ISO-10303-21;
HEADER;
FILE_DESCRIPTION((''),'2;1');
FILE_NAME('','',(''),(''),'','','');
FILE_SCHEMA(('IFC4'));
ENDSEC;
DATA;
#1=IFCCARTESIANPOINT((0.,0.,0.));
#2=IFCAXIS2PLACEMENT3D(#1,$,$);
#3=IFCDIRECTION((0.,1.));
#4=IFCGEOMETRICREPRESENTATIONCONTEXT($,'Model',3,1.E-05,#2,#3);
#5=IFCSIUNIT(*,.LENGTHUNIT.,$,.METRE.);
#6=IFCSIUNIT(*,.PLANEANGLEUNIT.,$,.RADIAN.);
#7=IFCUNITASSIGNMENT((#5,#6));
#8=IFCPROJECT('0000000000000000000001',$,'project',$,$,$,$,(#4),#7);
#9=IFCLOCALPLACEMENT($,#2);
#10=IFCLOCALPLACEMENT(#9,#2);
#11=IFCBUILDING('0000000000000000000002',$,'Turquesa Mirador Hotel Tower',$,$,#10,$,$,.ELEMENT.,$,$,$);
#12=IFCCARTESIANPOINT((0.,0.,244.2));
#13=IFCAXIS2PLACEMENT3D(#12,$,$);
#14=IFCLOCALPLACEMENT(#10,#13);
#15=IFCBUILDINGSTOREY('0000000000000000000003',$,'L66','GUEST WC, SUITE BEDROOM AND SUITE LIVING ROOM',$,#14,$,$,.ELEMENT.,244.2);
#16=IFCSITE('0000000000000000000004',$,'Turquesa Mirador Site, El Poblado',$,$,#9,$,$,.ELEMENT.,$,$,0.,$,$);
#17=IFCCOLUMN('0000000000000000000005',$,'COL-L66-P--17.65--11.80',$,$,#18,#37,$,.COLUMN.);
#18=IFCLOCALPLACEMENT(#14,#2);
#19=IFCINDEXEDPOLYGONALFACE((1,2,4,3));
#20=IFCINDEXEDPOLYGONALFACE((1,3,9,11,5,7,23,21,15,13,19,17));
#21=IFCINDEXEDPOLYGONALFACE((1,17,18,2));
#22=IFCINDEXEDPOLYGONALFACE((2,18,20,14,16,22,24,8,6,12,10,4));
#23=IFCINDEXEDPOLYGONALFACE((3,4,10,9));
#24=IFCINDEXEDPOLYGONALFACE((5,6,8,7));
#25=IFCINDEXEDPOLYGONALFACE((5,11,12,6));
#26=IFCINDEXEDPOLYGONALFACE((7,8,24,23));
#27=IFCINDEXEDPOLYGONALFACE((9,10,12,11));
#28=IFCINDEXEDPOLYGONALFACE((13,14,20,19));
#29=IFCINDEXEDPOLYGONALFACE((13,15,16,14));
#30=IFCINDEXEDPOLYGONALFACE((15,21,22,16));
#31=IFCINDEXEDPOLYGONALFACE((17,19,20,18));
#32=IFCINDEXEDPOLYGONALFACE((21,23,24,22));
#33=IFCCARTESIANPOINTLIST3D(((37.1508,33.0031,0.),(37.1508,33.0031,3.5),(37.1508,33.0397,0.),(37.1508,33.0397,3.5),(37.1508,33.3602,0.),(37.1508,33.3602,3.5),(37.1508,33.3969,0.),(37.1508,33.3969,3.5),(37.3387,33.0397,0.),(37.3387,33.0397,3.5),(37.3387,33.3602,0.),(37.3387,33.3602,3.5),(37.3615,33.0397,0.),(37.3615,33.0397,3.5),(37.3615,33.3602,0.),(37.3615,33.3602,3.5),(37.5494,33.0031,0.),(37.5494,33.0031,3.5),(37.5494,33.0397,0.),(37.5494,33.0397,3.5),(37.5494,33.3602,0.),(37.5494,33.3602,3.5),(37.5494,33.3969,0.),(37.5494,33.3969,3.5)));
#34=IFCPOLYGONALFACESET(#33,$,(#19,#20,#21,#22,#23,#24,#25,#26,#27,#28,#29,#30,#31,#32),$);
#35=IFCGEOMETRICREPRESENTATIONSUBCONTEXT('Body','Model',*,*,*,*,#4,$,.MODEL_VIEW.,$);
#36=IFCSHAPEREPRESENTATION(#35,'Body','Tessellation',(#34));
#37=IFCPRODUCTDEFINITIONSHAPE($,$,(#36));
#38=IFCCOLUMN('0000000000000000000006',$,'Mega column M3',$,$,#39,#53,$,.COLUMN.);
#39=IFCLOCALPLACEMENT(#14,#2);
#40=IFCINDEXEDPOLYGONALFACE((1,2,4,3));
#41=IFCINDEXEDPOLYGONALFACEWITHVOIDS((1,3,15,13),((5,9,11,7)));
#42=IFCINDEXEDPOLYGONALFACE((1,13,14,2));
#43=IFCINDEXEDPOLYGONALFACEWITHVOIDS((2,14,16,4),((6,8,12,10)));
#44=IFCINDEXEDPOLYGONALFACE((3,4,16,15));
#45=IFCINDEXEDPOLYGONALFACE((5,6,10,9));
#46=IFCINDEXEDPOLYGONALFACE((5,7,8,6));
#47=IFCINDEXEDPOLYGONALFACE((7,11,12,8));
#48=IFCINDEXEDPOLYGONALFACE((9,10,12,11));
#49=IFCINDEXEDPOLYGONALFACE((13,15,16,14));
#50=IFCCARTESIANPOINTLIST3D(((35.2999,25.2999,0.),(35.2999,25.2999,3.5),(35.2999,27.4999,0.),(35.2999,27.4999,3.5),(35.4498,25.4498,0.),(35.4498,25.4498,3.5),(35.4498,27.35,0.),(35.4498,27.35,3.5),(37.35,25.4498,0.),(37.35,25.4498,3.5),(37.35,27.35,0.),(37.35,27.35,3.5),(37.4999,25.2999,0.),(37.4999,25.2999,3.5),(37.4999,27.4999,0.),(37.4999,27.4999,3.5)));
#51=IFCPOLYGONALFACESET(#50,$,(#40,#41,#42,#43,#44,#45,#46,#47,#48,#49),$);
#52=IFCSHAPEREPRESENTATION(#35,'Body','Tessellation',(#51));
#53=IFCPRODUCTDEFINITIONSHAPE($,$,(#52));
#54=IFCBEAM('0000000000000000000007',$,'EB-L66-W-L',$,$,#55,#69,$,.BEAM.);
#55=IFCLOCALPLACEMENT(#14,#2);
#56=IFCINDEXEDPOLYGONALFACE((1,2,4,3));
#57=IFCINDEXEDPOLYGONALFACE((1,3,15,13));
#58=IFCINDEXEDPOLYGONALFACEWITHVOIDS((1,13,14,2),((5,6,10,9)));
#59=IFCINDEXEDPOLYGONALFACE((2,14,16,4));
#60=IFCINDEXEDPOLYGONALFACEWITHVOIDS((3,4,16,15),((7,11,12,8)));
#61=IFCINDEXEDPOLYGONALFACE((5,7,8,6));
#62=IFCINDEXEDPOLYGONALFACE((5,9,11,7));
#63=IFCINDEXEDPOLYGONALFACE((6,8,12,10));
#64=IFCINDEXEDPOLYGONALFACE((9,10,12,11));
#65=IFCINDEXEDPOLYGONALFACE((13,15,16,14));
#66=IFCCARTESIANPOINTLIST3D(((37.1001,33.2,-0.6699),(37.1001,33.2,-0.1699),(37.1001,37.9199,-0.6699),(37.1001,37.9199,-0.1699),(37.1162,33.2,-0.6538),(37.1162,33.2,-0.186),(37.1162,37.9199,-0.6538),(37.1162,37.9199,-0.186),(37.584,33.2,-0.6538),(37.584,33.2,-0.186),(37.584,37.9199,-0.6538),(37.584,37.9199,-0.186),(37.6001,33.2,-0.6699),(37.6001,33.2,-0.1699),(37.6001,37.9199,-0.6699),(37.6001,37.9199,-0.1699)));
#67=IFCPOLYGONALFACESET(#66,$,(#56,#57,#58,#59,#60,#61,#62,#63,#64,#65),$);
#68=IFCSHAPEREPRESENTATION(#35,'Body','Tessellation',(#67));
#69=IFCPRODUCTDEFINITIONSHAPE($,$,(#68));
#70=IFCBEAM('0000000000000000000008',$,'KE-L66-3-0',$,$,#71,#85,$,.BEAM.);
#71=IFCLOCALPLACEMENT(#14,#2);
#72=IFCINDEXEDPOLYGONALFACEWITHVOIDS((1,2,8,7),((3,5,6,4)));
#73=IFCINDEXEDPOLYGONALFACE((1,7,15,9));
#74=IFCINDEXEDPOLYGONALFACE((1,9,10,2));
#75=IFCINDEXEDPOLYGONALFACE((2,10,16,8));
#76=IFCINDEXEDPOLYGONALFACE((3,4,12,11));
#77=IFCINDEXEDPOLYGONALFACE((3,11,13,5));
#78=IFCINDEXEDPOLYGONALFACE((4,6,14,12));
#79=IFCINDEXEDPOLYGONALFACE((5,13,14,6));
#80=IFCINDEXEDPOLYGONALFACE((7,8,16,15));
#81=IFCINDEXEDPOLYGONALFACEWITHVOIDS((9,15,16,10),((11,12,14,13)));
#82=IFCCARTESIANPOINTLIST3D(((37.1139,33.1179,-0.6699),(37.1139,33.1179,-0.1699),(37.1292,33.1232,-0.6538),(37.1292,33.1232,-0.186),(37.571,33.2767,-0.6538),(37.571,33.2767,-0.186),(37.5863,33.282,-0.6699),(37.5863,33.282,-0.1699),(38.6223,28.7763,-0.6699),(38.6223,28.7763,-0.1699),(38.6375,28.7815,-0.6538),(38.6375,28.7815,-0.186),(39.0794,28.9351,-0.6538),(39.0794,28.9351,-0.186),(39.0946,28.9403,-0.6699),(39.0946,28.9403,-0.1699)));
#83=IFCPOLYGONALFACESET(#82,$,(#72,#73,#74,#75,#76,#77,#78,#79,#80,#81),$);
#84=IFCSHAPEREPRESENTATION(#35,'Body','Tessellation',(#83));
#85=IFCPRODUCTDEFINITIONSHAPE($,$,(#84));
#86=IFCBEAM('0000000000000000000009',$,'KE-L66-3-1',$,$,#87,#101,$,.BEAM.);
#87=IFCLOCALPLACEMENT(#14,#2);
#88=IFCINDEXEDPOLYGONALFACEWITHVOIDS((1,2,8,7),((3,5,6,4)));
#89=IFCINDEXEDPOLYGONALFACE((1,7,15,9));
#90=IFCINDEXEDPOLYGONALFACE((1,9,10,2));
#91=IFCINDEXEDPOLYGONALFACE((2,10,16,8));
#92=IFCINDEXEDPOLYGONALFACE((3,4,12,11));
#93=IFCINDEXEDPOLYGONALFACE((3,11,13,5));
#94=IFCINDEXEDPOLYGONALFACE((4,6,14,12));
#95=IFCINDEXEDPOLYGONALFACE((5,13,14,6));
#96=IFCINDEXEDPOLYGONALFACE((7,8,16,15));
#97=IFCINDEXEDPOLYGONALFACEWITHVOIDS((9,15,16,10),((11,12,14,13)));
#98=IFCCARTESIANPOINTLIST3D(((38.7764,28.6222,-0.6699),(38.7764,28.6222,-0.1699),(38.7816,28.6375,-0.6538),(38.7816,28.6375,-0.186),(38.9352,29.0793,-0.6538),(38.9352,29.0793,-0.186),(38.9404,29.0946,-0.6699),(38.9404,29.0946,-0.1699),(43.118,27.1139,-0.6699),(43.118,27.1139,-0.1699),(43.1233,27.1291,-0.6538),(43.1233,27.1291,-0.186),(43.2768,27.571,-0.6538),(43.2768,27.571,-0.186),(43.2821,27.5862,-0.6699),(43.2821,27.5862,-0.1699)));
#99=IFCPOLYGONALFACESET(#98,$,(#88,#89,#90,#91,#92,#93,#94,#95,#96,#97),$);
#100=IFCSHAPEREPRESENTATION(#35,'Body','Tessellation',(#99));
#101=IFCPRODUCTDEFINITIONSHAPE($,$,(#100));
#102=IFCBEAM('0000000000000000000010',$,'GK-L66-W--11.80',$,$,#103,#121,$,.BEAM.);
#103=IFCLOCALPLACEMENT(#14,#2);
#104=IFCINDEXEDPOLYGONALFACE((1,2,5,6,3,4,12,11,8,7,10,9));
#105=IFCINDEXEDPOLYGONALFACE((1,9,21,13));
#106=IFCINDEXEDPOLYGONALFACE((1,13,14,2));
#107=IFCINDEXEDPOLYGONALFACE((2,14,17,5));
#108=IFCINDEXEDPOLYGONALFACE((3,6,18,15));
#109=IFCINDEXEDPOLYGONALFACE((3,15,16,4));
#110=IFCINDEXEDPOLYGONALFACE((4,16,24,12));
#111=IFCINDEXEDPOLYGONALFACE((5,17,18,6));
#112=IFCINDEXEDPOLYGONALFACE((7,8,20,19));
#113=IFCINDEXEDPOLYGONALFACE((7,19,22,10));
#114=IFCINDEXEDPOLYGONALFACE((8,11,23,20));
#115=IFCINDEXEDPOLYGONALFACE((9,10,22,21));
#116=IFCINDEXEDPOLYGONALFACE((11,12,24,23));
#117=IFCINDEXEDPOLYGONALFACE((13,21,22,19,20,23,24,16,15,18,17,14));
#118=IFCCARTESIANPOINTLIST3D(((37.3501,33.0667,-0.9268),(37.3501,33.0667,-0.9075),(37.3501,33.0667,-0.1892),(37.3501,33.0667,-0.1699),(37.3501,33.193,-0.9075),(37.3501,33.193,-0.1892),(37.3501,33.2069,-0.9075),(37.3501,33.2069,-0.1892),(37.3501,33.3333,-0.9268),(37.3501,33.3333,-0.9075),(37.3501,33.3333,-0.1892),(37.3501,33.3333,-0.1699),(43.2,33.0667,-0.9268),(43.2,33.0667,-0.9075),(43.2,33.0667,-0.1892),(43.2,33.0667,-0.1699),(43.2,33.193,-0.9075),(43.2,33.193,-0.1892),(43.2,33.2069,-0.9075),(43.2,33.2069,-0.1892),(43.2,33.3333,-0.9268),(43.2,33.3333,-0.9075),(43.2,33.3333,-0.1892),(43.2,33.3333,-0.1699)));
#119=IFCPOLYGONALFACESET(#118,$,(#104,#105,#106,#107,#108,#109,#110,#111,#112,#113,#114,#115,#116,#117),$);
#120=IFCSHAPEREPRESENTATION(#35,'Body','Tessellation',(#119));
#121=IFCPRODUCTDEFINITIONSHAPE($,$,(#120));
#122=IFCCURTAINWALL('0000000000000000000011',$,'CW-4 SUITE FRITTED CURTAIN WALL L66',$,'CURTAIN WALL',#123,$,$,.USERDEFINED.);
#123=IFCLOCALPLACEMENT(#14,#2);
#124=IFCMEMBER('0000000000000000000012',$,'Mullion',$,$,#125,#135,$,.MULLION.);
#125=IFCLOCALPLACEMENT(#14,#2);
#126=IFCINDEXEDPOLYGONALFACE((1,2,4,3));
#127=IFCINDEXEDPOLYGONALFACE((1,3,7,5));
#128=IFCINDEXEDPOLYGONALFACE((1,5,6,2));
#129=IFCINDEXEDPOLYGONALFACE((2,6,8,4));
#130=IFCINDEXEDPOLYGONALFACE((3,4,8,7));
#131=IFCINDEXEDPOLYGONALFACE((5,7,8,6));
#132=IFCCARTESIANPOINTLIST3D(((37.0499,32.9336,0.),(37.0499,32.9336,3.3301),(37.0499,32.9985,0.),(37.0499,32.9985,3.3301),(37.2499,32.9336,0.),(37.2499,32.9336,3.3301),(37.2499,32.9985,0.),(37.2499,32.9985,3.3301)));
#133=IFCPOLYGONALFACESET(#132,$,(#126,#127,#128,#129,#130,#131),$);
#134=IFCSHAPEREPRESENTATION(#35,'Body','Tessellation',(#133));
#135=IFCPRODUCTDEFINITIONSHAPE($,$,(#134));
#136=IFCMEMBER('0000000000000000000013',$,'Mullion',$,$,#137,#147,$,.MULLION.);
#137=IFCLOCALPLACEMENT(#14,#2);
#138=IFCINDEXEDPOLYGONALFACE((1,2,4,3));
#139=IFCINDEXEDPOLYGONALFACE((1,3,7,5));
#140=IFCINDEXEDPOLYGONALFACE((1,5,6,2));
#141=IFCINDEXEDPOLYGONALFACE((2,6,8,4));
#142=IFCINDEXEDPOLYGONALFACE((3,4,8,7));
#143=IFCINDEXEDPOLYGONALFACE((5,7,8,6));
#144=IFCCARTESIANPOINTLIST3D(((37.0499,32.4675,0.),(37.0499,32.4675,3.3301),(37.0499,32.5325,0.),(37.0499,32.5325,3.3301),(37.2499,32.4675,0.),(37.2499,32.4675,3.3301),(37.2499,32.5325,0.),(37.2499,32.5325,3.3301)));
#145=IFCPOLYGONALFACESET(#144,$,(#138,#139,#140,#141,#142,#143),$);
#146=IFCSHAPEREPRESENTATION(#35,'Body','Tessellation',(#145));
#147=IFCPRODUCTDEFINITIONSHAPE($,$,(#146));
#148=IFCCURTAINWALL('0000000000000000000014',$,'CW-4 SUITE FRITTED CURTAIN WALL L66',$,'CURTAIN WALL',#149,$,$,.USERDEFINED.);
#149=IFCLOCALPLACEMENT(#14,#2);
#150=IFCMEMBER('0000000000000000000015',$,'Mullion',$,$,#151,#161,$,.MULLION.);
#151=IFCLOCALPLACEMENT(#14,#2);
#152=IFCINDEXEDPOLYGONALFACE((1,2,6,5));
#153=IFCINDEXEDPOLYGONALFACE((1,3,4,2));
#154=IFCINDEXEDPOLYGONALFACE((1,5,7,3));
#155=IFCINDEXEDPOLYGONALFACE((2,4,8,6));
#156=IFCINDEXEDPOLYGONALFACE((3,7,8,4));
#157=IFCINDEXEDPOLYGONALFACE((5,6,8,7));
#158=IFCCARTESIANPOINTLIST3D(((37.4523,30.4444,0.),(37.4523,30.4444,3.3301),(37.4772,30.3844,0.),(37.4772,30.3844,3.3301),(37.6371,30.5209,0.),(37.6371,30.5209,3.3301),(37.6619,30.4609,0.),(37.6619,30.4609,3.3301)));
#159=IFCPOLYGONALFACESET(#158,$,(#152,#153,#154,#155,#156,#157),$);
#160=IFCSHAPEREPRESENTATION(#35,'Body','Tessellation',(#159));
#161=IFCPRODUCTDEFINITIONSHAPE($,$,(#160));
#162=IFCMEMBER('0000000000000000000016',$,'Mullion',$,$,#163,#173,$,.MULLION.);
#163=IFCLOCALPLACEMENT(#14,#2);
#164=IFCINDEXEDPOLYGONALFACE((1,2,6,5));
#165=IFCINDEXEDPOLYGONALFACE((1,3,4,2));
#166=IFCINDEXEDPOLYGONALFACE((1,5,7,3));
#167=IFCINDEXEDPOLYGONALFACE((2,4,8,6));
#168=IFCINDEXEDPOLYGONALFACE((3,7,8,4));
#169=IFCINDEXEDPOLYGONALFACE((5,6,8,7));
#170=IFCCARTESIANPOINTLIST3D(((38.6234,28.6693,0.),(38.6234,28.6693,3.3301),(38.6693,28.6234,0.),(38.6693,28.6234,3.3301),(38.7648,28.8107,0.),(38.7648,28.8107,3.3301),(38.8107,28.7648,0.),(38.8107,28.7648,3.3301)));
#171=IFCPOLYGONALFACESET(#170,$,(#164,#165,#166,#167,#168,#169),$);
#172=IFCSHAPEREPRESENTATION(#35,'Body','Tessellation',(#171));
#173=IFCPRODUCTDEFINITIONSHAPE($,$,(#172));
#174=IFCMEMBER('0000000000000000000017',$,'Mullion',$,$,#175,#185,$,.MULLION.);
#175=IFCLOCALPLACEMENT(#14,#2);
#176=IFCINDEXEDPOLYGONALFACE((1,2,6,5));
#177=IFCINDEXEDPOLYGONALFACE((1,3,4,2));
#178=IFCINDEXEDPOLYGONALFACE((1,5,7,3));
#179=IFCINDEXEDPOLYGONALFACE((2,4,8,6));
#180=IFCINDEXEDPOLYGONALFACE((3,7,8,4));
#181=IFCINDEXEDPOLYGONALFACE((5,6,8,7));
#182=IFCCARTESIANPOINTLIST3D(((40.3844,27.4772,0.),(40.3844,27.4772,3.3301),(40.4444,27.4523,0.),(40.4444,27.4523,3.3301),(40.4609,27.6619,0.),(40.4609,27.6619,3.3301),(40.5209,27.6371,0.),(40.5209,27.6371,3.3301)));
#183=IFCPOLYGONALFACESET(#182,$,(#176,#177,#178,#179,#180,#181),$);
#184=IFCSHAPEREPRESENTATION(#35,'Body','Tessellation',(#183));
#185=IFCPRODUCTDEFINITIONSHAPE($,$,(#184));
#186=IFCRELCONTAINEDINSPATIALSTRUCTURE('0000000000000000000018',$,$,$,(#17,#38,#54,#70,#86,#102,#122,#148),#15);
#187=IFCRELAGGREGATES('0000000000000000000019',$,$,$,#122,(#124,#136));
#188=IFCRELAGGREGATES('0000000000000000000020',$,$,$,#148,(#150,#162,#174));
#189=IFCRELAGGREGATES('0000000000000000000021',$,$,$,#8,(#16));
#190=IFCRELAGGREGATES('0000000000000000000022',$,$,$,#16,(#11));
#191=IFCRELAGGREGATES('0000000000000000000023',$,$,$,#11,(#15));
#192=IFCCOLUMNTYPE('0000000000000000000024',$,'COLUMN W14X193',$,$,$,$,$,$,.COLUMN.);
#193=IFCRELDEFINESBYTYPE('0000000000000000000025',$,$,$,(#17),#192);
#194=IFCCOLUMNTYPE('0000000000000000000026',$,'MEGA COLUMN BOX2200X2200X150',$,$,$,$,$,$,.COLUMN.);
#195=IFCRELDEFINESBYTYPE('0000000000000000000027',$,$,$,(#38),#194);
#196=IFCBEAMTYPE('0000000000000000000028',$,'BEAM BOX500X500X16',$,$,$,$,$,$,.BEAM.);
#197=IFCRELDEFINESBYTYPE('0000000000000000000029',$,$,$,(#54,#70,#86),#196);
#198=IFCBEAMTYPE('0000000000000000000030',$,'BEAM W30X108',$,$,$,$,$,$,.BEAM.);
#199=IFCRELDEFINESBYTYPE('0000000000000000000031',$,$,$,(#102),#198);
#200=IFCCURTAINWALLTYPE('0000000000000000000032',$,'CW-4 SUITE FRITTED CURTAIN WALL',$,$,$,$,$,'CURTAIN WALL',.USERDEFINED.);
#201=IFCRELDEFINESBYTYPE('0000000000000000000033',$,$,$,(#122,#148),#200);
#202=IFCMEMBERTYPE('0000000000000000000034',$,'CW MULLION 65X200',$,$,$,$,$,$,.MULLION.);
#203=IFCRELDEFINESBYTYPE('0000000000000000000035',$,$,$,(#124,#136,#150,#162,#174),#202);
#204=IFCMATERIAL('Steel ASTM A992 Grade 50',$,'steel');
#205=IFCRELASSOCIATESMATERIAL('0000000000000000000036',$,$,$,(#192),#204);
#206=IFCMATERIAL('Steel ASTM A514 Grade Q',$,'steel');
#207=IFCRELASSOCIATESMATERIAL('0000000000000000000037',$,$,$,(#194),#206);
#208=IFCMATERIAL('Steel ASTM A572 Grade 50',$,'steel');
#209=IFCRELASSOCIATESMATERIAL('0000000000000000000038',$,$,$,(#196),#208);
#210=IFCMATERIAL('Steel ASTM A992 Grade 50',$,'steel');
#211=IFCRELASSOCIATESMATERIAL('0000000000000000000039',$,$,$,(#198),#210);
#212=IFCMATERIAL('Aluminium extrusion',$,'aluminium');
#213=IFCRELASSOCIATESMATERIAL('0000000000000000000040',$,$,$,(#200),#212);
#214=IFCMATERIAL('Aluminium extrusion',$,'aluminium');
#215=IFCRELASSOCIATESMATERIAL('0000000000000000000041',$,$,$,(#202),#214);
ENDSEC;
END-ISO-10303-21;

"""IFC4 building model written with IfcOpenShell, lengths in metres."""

from ifc_helpers import new_model, si_unit, direction, frame, origin, origin_2d, place, context, subcontext, project, spatial, rectangle, hollow_rectangle, i_section, extrude, material, material_profile, profile_set, type_object, element, aggregate, save


model = new_model("IFC4")

# Units and contexts
model_context = context("Model", 3, precision=1e-05, world=origin(), true_north=direction((0.0, 1.0)))
body_context = subcontext(model_context, "Body", "Model", "MODEL_VIEW")
ifc_project = project(units=[si_unit("LENGTHUNIT", "METRE"), si_unit("PLANEANGLEUNIT", "RADIAN")], contexts=[model_context])

# Site, building, storey
site_placement = place(None, origin())
site = spatial("IfcSite", under=ifc_project, at=site_placement, Name="Turquesa Mirador Site, El Poblado", CompositionType="ELEMENT", RefElevation=0.0)
building_placement = place(site_placement, origin())
building = spatial("IfcBuilding", under=site, at=building_placement, Name="Turquesa Mirador Hotel Tower", CompositionType="ELEMENT")
storey_placement = place(building_placement, frame((0.0, 0.0, 244.2)))
storey = spatial("IfcBuildingStorey", under=building, at=storey_placement, Name="L66", Description="GUEST WC, SUITE BEDROOM AND SUITE LIVING ROOM", CompositionType="ELEMENT", Elevation=244.2)

# Columns
ifc_material_1 = material(Name="Steel ASTM A992 Grade 50", Category="steel")
ifc_material_profile_1 = material_profile(ifc_material_1, i_section(OverallWidth=0.3987, OverallDepth=0.3938, WebThickness=0.0227, FlangeThickness=0.0366, at=origin_2d()), Name="W14X193")
ifc_profile_set_1 = profile_set([ifc_material_profile_1], Name="Steel ASTM A992 Grade 50")
column_type_1 = type_object("IfcColumnType", Name="COLUMN W14X193", PredefinedType="COLUMN", material=ifc_profile_set_1)
column_1_placement = place(storey_placement, frame((37.3501, 33.2, 0.0), z_axis=(0.0, 0.0, 1.0), x_axis=(1.0, 0.0, 0.0)))
element("IfcColumn", 1, at=column_1_placement, inside=storey, type_object=column_type_1, Name="COL-L66-P--17.65--11.80", PredefinedType="COLUMN", context=body_context, shape_type="SweptSolid", body=[
    extrude(i_section(OverallWidth=0.3987, OverallDepth=0.3938, WebThickness=0.0227, FlangeThickness=0.0366, at=origin_2d()), origin(), (0.0, 0.0, 1.0), 3.5),
])
ifc_material_2 = material(Name="Steel ASTM A514 Grade Q", Category="steel")
ifc_material_profile_2 = material_profile(ifc_material_2, hollow_rectangle(XDim=2.2, YDim=2.2, WallThickness=0.1499, at=origin_2d()), Name="BOX2200X2200X150")
ifc_profile_set_2 = profile_set([ifc_material_profile_2], Name="Steel ASTM A514 Grade Q")
column_type_2 = type_object("IfcColumnType", Name="MEGA COLUMN BOX2200X2200X150", PredefinedType="COLUMN", material=ifc_profile_set_2)
column_2_placement = place(storey_placement, frame((36.3999, 26.3999, 0.0), z_axis=(0.0, 0.0, 1.0), x_axis=(1.0, 0.0, 0.0)))
element("IfcColumn", 2, at=column_2_placement, inside=storey, type_object=column_type_2, Name="Mega column M3", PredefinedType="COLUMN", context=body_context, shape_type="SweptSolid", body=[
    extrude(hollow_rectangle(XDim=2.2, YDim=2.2, WallThickness=0.1499, at=origin_2d()), origin(), (0.0, 0.0, 1.0), 3.5),
])

# Beams
ifc_material_3 = material(Name="Steel ASTM A572 Grade 50", Category="steel")
ifc_material_profile_3 = material_profile(ifc_material_3, hollow_rectangle(XDim=0.5, YDim=0.5, WallThickness=0.0161, at=origin_2d()), Name="BOX500X500X16")
ifc_profile_set_3 = profile_set([ifc_material_profile_3], Name="Steel ASTM A572 Grade 50")
beam_type_1 = type_object("IfcBeamType", Name="BEAM BOX500X500X16", PredefinedType="BEAM", material=ifc_profile_set_3)
beam_1_placement = place(storey_placement, frame((37.3501, 33.2, -0.4199), z_axis=(0.0, 1.0, 0.0), x_axis=(-1.0, 0.0, 0.0)))
element("IfcBeam", 3, at=beam_1_placement, inside=storey, type_object=beam_type_1, Name="EB-L66-W-L", PredefinedType="BEAM", context=body_context, shape_type="SweptSolid", body=[
    extrude(hollow_rectangle(XDim=0.5, YDim=0.5, WallThickness=0.0161, at=origin_2d()), origin(), (0.0, 0.0, 1.0), 4.72),
])
for number, where, z_axis, x_axis, name in (
    (4, (37.3501, 33.2, -0.4199), (0.32817, -0.944619, 0.0), (0.944619, 0.32817, 0.0), "KE-L66-3-0"),
    (5, (38.8584, 28.8584, -0.4199), (0.944619, -0.32817, 0.0), (0.32817, 0.944619, 0.0), "KE-L66-3-1"),
):
    element("IfcBeam", number, at=place(storey_placement, frame(where, z_axis=z_axis, x_axis=x_axis)), inside=storey, type_object=beam_type_1, Name=name, PredefinedType="BEAM", context=body_context, shape_type="SweptSolid", body=[
        extrude(hollow_rectangle(XDim=0.5, YDim=0.5, WallThickness=0.0161, at=origin_2d()), origin(), (0.0, 0.0, 1.0), 4.5962),
    ])
ifc_material_4 = material(Name="Steel ASTM A992 Grade 50", Category="steel")
ifc_material_profile_4 = material_profile(ifc_material_4, i_section(OverallWidth=0.2666, OverallDepth=0.7568, WebThickness=0.0139, FlangeThickness=0.0193, at=origin_2d()), Name="W30X108")
ifc_profile_set_4 = profile_set([ifc_material_profile_4], Name="Steel ASTM A992 Grade 50")
beam_type_2 = type_object("IfcBeamType", Name="BEAM W30X108", PredefinedType="BEAM", material=ifc_profile_set_4)
beam_2_placement = place(storey_placement, frame((37.3501, 33.2, -0.5483), z_axis=(1.0, 0.0, 0.0), x_axis=(0.0, 1.0, 0.0)))
element("IfcBeam", 6, at=beam_2_placement, inside=storey, type_object=beam_type_2, Name="GK-L66-W--11.80", PredefinedType="BEAM", context=body_context, shape_type="SweptSolid", body=[
    extrude(i_section(OverallWidth=0.2666, OverallDepth=0.7568, WebThickness=0.0139, FlangeThickness=0.0193, at=origin_2d()), origin(), (0.0, 0.0, 1.0), 5.8499),
])

# Curtain walls, members
ifc_material_5 = material(Name="Aluminium extrusion", Category="aluminium")
curtain_wall_type = type_object("IfcCurtainWallType", Name="CW-4 SUITE FRITTED CURTAIN WALL", ElementType="CURTAIN WALL", PredefinedType="USERDEFINED", material=ifc_material_5)
curtain_wall_1_placement = place(storey_placement, origin())
curtain_wall_1 = element("IfcCurtainWall", 7, at=curtain_wall_1_placement, inside=storey, type_object=curtain_wall_type, Name="CW-4 SUITE FRITTED CURTAIN WALL L66", ObjectType="CURTAIN WALL", PredefinedType="USERDEFINED")
ifc_material_6 = material(Name="Aluminium extrusion", Category="aluminium")
ifc_material_profile_5 = material_profile(ifc_material_6, rectangle(XDim=0.0649, YDim=0.2, at=origin_2d()), Name="MULLION 65X200")
ifc_profile_set_5 = profile_set([ifc_material_profile_5], Name="Aluminium extrusion")
member_type_1 = type_object("IfcMemberType", Name="CW MULLION 65X200", PredefinedType="MULLION", material=ifc_profile_set_5)
member_1_placement = place(storey_placement, frame((37.1499, 32.9661, 0.0), z_axis=(0.0, 0.0, 1.0), x_axis=(0.0, -1.0, 0.0)))
member_1 = element("IfcMember", 8, at=member_1_placement, type_object=member_type_1, Name="Mullion", PredefinedType="MULLION", context=body_context, shape_type="SweptSolid", body=[
    extrude(rectangle(XDim=0.0649, YDim=0.2, at=origin_2d()), origin(), (0.0, 0.0, 1.0), 3.3301),
])
member_2_placement = place(storey_placement, frame((37.1499, 32.5, 0.0), z_axis=(0.0, 0.0, 1.0), x_axis=(0.0, -1.0, 0.0)))
member_2 = element("IfcMember", 9, at=member_2_placement, type_object=member_type_1, Name="Mullion", PredefinedType="MULLION", context=body_context, shape_type="SweptSolid", body=[
    extrude(rectangle(XDim=0.0649, YDim=0.2, at=origin_2d()), origin(), (0.0, 0.0, 1.0), 3.3301),
])
curtain_wall_2_placement = place(storey_placement, origin())
curtain_wall_2 = element("IfcCurtainWall", 10, at=curtain_wall_2_placement, inside=storey, type_object=curtain_wall_type, Name="CW-4 SUITE FRITTED CURTAIN WALL L66", ObjectType="CURTAIN WALL", PredefinedType="USERDEFINED")
member_3_placement = place(storey_placement, frame((37.5571, 30.4526, 0.0), z_axis=(0.0, 0.0, 1.0), x_axis=(0.382683, -0.92388, 0.0)))
member_3 = element("IfcMember", 11, at=member_3_placement, type_object=member_type_1, Name="Mullion", PredefinedType="MULLION", context=body_context, shape_type="SweptSolid", body=[
    extrude(rectangle(XDim=0.0649, YDim=0.2, at=origin_2d()), origin(), (0.0, 0.0, 1.0), 3.3301),
])
member_4_placement = place(storey_placement, frame((38.717, 28.717, 0.0), z_axis=(0.0, 0.0, 1.0), x_axis=(0.707107, -0.707107, 0.0)))
member_4 = element("IfcMember", 12, at=member_4_placement, type_object=member_type_1, Name="Mullion", PredefinedType="MULLION", context=body_context, shape_type="SweptSolid", body=[
    extrude(rectangle(XDim=0.0649, YDim=0.2, at=origin_2d()), origin(), (0.0, 0.0, 1.0), 3.3301),
])
member_5_placement = place(storey_placement, frame((40.4526, 27.5571, 0.0), z_axis=(0.0, 0.0, 1.0), x_axis=(0.92388, -0.382683, 0.0)))
member_5 = element("IfcMember", 13, at=member_5_placement, type_object=member_type_1, Name="Mullion", PredefinedType="MULLION", context=body_context, shape_type="SweptSolid", body=[
    extrude(rectangle(XDim=0.0649, YDim=0.2, at=origin_2d()), origin(), (0.0, 0.0, 1.0), 3.3301),
])

aggregate(curtain_wall_1, [member_1, member_2])
aggregate(curtain_wall_2, [member_3, member_4, member_5])

save(model, "model.ifc")
